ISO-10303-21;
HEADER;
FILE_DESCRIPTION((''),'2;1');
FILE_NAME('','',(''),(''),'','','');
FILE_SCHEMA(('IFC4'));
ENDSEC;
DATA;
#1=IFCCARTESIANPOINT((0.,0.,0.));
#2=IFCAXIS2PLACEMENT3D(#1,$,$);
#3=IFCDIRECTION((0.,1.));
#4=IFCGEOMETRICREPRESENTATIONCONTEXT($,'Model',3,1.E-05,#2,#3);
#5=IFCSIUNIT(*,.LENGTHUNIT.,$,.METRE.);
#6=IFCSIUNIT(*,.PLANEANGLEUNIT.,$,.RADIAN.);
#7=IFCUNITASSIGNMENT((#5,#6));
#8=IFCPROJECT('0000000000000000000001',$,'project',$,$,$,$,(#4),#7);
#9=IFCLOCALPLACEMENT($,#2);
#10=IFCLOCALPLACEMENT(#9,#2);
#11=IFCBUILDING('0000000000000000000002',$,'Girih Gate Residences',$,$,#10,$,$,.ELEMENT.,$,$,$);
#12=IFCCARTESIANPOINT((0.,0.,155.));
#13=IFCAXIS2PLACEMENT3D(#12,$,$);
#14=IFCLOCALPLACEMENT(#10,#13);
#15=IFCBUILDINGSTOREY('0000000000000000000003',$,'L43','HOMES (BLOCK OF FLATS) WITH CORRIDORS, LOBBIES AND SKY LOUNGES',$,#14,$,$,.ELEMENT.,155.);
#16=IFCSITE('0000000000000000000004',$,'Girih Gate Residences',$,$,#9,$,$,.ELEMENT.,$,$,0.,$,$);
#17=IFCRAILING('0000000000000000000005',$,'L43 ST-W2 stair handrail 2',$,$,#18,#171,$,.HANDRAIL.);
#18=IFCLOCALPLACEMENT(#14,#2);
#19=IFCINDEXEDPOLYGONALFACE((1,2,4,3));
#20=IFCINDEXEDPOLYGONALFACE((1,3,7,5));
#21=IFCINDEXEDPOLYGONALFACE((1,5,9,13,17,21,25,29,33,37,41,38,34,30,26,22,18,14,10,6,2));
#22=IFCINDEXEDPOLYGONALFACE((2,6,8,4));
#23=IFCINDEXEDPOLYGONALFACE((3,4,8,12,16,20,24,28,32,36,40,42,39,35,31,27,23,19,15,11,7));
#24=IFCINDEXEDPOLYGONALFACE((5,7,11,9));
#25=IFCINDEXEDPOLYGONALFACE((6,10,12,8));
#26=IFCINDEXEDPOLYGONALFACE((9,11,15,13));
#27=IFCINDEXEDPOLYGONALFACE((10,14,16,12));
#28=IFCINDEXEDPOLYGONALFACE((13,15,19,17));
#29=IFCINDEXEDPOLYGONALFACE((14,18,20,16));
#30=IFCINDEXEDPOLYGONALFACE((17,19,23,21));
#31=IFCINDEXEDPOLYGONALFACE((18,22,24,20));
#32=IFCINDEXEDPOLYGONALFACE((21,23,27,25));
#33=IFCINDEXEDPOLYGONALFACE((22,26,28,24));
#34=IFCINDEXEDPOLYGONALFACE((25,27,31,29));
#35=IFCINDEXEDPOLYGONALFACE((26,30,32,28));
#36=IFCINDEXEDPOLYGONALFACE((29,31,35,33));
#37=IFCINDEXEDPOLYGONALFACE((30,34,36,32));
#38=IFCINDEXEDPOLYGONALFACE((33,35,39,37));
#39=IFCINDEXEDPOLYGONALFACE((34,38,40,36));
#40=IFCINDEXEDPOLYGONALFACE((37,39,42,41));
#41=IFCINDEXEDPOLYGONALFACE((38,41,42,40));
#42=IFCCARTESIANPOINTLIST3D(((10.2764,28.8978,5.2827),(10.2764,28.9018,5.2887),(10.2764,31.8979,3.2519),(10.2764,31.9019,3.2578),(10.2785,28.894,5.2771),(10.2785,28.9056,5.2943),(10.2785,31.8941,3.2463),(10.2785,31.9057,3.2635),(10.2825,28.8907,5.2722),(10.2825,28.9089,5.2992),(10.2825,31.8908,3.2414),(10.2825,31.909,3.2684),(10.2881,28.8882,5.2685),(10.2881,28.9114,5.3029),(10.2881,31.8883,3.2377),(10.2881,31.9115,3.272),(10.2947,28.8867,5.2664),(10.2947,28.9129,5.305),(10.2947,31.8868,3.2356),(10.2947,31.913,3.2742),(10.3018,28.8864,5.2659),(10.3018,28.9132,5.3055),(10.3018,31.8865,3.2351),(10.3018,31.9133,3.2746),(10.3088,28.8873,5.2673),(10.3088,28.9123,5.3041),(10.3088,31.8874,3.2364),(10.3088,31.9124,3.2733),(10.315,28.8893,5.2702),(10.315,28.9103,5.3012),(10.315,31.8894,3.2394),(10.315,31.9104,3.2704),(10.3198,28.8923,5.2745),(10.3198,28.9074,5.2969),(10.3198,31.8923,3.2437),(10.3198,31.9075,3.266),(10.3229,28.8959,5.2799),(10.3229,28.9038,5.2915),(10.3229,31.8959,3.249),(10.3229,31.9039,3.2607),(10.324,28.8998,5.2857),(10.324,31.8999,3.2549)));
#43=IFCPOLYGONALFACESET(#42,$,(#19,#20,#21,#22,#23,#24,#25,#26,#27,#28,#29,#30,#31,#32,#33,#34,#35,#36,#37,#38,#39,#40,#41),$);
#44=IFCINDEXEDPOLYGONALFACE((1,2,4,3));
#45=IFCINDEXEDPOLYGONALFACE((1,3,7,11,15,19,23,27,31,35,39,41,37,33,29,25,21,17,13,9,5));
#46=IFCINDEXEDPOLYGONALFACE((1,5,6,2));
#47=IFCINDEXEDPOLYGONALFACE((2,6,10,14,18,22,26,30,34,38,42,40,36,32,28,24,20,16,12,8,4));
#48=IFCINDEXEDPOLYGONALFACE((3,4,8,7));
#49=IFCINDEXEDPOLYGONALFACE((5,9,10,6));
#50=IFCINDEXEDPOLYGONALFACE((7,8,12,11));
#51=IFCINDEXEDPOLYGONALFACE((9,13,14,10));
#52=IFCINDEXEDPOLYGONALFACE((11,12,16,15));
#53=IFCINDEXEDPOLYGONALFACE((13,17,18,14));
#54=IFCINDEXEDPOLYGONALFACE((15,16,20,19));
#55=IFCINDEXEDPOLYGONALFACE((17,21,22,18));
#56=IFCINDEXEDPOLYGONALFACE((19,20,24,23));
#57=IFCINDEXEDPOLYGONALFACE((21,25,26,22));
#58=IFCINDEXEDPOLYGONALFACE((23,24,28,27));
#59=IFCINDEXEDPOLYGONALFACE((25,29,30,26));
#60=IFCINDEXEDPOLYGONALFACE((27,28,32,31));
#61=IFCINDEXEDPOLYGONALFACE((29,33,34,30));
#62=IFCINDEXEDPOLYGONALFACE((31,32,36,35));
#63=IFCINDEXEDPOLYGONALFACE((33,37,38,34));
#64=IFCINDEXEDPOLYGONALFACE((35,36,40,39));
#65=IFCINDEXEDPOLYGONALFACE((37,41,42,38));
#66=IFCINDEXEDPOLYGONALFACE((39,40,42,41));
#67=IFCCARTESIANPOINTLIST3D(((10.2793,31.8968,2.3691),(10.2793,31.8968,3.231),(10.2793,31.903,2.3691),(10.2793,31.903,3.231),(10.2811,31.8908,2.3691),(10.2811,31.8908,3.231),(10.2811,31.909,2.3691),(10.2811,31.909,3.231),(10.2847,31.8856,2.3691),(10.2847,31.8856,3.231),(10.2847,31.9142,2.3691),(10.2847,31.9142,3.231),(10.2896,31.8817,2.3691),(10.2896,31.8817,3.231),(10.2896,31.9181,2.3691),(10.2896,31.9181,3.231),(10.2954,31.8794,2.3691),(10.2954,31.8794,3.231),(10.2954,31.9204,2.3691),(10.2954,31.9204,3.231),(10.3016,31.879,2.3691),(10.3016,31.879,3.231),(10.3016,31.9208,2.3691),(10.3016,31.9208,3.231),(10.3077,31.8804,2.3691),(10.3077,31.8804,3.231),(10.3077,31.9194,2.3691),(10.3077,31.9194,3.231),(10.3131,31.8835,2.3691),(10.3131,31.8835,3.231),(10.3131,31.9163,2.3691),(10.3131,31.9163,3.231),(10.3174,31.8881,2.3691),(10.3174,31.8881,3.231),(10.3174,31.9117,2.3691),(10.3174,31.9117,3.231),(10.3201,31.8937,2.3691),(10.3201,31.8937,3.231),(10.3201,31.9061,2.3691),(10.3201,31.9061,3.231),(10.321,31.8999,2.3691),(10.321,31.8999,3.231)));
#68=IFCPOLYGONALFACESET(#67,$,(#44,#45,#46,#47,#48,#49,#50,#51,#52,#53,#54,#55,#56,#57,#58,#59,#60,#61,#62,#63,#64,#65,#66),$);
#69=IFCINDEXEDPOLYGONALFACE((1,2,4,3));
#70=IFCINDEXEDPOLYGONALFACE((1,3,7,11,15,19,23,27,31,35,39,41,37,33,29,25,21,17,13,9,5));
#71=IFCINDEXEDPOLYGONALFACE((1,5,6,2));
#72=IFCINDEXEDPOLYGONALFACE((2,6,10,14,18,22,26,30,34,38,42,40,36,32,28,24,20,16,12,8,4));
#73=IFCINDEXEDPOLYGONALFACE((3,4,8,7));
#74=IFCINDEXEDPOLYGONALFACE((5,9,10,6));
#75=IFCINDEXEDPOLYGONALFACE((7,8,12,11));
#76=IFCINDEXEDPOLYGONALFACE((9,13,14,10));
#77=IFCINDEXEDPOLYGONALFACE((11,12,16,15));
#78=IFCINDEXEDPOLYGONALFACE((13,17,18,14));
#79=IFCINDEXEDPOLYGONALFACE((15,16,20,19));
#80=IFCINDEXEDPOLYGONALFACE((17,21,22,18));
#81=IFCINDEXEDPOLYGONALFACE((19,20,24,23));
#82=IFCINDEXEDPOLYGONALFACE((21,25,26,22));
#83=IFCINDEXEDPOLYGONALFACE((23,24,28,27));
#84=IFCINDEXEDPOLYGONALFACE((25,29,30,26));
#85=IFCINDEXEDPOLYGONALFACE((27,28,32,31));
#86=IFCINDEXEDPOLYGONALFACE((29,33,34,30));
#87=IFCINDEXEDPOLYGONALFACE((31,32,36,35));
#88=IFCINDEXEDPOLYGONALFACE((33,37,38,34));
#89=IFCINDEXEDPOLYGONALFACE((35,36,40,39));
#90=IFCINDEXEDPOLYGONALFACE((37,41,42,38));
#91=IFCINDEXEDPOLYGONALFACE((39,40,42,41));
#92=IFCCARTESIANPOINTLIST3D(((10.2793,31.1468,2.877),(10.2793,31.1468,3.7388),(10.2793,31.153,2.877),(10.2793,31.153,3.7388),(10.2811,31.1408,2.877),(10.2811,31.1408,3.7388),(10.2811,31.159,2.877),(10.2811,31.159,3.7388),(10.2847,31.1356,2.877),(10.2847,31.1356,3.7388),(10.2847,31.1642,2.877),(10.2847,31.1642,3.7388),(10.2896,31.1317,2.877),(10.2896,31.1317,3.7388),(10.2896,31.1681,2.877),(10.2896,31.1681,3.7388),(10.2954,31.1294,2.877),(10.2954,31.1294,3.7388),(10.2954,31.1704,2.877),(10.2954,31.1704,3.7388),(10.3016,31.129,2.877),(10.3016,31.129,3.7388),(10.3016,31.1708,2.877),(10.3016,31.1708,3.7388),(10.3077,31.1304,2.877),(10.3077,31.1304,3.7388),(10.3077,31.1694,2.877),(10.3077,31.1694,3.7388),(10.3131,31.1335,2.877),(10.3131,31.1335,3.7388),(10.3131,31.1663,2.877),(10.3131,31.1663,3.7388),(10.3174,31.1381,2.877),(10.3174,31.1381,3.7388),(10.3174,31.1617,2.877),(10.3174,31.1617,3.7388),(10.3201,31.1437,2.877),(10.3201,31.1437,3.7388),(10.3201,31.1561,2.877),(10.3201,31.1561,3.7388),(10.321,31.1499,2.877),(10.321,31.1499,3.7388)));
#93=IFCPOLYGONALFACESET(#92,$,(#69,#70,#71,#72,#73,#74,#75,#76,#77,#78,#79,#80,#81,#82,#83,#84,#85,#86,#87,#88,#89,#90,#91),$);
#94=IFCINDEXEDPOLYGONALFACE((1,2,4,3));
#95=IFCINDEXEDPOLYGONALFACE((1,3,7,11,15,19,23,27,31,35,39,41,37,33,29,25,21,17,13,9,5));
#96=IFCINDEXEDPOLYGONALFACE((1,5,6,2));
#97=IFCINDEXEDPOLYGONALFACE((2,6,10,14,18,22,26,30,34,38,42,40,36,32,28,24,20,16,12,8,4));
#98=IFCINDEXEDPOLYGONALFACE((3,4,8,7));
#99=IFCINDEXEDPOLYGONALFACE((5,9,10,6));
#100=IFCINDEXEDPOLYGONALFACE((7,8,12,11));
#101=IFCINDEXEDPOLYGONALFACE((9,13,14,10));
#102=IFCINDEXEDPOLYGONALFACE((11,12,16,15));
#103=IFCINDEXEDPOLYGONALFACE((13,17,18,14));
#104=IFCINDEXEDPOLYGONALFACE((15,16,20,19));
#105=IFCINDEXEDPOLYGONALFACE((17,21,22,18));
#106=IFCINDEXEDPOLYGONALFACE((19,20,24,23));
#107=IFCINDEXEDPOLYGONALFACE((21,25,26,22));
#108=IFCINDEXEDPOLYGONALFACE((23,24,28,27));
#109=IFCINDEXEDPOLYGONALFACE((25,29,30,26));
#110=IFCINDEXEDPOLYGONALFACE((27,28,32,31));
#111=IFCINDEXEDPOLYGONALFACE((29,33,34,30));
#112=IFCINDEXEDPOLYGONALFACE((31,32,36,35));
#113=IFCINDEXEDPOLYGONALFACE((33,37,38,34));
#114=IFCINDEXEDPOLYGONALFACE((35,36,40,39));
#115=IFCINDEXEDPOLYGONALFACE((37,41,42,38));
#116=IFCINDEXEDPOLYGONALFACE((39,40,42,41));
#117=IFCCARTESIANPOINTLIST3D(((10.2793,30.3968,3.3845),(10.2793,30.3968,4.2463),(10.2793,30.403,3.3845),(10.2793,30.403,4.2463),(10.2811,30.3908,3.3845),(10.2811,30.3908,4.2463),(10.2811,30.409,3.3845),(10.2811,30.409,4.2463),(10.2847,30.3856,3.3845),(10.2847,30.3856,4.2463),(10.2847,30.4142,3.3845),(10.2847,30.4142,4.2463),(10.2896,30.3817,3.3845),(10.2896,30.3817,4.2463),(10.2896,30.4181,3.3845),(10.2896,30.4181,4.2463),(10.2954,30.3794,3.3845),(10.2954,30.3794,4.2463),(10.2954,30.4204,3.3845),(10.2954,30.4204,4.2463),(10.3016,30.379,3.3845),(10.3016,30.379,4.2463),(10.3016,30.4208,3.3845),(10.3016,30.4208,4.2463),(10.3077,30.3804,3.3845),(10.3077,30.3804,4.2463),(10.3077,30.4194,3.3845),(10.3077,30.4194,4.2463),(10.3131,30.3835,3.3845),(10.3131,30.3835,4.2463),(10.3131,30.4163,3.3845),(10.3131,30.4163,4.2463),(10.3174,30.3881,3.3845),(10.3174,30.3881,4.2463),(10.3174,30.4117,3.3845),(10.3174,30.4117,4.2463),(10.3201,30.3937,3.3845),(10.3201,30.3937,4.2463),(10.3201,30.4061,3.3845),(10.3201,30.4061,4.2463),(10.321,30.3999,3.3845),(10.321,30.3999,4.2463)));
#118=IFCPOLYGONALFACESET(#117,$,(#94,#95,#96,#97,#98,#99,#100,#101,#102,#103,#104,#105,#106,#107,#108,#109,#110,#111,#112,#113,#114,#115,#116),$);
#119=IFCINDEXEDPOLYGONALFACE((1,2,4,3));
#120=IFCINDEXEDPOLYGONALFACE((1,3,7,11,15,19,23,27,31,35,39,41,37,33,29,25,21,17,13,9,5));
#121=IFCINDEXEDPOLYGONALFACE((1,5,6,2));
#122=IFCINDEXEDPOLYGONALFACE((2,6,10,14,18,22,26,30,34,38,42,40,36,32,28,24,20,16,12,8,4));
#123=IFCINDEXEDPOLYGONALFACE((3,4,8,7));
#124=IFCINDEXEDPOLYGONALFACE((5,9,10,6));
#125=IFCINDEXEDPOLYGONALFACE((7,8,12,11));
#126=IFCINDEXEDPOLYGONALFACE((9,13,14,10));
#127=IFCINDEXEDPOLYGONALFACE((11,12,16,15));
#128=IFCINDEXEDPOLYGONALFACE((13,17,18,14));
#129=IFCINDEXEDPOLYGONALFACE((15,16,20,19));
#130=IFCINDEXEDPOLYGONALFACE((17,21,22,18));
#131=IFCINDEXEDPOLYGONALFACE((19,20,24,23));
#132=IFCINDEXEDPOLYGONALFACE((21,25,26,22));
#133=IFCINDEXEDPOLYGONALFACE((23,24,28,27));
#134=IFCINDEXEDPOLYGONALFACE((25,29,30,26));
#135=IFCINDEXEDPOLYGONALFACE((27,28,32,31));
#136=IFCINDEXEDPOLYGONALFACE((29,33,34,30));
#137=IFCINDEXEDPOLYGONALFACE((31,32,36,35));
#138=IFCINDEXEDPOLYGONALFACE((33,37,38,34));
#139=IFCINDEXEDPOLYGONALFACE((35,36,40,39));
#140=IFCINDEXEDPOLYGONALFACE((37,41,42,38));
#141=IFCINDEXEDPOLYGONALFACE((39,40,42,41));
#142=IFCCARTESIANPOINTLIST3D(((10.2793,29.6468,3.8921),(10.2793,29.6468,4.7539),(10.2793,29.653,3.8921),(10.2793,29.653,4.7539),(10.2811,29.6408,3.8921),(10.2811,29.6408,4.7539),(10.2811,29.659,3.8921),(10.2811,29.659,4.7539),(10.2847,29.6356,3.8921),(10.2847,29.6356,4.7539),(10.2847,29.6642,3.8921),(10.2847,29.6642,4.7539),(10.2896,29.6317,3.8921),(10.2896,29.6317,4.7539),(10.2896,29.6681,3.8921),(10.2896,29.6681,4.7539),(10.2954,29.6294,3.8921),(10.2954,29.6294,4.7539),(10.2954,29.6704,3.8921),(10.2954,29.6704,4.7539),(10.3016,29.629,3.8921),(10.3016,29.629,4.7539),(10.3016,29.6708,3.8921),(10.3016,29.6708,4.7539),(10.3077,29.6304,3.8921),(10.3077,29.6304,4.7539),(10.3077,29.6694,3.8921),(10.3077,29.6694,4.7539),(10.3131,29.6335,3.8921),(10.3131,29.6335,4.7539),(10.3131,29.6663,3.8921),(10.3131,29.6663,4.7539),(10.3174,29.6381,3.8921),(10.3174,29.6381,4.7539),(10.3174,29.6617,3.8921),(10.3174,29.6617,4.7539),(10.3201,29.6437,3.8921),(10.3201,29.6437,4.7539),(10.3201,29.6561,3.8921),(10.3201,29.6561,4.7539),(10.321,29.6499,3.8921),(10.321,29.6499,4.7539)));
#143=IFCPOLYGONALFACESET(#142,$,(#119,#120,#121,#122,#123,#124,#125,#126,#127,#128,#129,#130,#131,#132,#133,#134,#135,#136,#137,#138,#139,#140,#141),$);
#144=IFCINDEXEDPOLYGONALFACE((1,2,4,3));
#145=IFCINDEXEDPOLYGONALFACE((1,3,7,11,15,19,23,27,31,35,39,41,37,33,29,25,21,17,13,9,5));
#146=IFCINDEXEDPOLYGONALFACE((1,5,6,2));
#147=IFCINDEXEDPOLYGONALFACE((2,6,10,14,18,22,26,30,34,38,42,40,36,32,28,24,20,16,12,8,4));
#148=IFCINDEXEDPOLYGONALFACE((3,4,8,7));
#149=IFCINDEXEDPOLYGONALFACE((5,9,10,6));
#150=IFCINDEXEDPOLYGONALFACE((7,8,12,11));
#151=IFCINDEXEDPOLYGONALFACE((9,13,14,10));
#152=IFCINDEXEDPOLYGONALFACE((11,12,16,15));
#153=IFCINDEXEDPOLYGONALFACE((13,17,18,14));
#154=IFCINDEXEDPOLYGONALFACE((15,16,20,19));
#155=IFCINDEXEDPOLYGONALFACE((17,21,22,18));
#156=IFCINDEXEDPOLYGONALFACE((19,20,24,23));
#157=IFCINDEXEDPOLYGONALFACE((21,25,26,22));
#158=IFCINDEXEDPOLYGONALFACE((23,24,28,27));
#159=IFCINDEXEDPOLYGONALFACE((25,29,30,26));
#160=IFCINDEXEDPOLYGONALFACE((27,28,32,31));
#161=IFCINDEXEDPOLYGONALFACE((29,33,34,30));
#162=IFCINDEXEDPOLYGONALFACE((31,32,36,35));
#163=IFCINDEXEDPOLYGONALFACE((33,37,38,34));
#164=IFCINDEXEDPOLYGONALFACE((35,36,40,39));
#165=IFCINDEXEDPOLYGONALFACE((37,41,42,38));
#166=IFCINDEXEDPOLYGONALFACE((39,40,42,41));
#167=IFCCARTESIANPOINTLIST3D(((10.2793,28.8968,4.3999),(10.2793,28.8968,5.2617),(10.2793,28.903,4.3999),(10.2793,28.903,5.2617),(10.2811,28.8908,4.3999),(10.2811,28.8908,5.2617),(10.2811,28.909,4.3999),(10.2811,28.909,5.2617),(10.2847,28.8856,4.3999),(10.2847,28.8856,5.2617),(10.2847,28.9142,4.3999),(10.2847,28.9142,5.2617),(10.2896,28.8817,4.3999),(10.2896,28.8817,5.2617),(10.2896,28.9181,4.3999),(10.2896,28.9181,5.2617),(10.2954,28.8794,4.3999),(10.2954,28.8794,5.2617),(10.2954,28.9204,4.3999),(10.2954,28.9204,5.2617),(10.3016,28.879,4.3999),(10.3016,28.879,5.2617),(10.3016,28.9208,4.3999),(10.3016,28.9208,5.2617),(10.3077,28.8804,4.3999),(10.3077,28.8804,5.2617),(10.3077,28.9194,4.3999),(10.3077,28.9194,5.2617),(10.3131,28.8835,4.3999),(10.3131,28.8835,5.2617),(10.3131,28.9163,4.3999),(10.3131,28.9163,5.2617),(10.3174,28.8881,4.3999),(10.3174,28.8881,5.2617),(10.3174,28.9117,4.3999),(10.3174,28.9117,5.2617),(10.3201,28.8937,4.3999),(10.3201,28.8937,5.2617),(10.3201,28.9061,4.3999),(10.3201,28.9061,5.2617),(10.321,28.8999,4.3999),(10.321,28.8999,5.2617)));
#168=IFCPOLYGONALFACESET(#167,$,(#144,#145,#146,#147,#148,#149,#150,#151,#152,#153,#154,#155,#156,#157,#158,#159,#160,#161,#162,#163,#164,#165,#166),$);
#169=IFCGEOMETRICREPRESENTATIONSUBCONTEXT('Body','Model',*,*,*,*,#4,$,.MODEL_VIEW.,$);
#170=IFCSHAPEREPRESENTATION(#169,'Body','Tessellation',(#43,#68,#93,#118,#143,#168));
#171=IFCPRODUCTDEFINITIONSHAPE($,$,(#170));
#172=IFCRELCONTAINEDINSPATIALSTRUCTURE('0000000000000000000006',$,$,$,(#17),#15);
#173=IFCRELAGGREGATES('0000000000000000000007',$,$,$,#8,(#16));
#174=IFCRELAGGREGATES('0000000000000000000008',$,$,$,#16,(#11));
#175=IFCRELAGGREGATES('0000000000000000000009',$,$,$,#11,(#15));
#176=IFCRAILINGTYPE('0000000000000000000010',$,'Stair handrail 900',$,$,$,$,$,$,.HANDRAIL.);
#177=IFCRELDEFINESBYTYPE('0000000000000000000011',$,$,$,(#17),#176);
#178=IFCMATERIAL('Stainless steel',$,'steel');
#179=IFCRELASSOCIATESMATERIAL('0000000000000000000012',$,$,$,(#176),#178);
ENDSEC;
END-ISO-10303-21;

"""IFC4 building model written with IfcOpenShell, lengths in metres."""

from ifc_helpers import new_model, si_unit, direction, frame, origin, origin_2d, place, context, subcontext, project, spatial, circle, extrude, material, type_object, element, save


model = new_model("IFC4")

# Units and contexts
model_context = context("Model", 3, precision=1e-05, world=origin(), true_north=direction((0.0, 1.0)))
body_context = subcontext(model_context, "Body", "Model", "MODEL_VIEW")
ifc_project = project(units=[si_unit("LENGTHUNIT", "METRE"), si_unit("PLANEANGLEUNIT", "RADIAN")], contexts=[model_context])

# Site, building, storey
site_placement = place(None, origin())
site = spatial("IfcSite", under=ifc_project, at=site_placement, Name="Girih Gate Residences", CompositionType="ELEMENT", RefElevation=0.0)
building_placement = place(site_placement, origin())
building = spatial("IfcBuilding", under=site, at=building_placement, Name="Girih Gate Residences", CompositionType="ELEMENT")
storey_placement = place(building_placement, frame((0.0, 0.0, 155.0)))
storey = spatial("IfcBuildingStorey", under=building, at=storey_placement, Name="L43", Description="HOMES (BLOCK OF FLATS) WITH CORRIDORS, LOBBIES AND SKY LOUNGES", CompositionType="ELEMENT", Elevation=155.0)

# Railing
ifc_material_1 = material(Name="Stainless steel", Category="steel")
railing_type_1 = type_object("IfcRailingType", Name="Stair handrail 900", PredefinedType="HANDRAIL", material=ifc_material_1)
railing_1_placement = place(storey_placement, frame((10.3, 31.8999, 2.3691)))
element("IfcRailing", 1, at=railing_1_placement, inside=storey, type_object=railing_type_1, Name="L43 ST-W2 stair handrail 2", PredefinedType="HANDRAIL", context=body_context, shape_type="SweptSolid", body=[
    extrude(circle(Radius=0.0239, at=origin_2d()), frame((0.0, 0.0, 0.8857), z_axis=(0.0, -0.82811, 0.560565), x_axis=(1.0, 0.0, 0.0)), (0.0, 0.0, 1.0), 3.6228),
    extrude(circle(Radius=0.021, at=origin_2d()), origin(), (0.0, 0.0, 1.0), 0.8618),
    extrude(circle(Radius=0.021, at=origin_2d()), frame((0.0, -0.75, 0.5078)), (0.0, 0.0, 1.0), 0.8618),
    extrude(circle(Radius=0.021, at=origin_2d()), frame((0.0, -1.5, 1.0154)), (0.0, 0.0, 1.0), 0.8618),
    extrude(circle(Radius=0.021, at=origin_2d()), frame((0.0, -2.25, 1.5229)), (0.0, 0.0, 1.0), 0.8618),
    extrude(circle(Radius=0.021, at=origin_2d()), frame((0.0, -3.0, 2.0308)), (0.0, 0.0, 1.0), 0.8618),
])

save(model, "model.ifc")
